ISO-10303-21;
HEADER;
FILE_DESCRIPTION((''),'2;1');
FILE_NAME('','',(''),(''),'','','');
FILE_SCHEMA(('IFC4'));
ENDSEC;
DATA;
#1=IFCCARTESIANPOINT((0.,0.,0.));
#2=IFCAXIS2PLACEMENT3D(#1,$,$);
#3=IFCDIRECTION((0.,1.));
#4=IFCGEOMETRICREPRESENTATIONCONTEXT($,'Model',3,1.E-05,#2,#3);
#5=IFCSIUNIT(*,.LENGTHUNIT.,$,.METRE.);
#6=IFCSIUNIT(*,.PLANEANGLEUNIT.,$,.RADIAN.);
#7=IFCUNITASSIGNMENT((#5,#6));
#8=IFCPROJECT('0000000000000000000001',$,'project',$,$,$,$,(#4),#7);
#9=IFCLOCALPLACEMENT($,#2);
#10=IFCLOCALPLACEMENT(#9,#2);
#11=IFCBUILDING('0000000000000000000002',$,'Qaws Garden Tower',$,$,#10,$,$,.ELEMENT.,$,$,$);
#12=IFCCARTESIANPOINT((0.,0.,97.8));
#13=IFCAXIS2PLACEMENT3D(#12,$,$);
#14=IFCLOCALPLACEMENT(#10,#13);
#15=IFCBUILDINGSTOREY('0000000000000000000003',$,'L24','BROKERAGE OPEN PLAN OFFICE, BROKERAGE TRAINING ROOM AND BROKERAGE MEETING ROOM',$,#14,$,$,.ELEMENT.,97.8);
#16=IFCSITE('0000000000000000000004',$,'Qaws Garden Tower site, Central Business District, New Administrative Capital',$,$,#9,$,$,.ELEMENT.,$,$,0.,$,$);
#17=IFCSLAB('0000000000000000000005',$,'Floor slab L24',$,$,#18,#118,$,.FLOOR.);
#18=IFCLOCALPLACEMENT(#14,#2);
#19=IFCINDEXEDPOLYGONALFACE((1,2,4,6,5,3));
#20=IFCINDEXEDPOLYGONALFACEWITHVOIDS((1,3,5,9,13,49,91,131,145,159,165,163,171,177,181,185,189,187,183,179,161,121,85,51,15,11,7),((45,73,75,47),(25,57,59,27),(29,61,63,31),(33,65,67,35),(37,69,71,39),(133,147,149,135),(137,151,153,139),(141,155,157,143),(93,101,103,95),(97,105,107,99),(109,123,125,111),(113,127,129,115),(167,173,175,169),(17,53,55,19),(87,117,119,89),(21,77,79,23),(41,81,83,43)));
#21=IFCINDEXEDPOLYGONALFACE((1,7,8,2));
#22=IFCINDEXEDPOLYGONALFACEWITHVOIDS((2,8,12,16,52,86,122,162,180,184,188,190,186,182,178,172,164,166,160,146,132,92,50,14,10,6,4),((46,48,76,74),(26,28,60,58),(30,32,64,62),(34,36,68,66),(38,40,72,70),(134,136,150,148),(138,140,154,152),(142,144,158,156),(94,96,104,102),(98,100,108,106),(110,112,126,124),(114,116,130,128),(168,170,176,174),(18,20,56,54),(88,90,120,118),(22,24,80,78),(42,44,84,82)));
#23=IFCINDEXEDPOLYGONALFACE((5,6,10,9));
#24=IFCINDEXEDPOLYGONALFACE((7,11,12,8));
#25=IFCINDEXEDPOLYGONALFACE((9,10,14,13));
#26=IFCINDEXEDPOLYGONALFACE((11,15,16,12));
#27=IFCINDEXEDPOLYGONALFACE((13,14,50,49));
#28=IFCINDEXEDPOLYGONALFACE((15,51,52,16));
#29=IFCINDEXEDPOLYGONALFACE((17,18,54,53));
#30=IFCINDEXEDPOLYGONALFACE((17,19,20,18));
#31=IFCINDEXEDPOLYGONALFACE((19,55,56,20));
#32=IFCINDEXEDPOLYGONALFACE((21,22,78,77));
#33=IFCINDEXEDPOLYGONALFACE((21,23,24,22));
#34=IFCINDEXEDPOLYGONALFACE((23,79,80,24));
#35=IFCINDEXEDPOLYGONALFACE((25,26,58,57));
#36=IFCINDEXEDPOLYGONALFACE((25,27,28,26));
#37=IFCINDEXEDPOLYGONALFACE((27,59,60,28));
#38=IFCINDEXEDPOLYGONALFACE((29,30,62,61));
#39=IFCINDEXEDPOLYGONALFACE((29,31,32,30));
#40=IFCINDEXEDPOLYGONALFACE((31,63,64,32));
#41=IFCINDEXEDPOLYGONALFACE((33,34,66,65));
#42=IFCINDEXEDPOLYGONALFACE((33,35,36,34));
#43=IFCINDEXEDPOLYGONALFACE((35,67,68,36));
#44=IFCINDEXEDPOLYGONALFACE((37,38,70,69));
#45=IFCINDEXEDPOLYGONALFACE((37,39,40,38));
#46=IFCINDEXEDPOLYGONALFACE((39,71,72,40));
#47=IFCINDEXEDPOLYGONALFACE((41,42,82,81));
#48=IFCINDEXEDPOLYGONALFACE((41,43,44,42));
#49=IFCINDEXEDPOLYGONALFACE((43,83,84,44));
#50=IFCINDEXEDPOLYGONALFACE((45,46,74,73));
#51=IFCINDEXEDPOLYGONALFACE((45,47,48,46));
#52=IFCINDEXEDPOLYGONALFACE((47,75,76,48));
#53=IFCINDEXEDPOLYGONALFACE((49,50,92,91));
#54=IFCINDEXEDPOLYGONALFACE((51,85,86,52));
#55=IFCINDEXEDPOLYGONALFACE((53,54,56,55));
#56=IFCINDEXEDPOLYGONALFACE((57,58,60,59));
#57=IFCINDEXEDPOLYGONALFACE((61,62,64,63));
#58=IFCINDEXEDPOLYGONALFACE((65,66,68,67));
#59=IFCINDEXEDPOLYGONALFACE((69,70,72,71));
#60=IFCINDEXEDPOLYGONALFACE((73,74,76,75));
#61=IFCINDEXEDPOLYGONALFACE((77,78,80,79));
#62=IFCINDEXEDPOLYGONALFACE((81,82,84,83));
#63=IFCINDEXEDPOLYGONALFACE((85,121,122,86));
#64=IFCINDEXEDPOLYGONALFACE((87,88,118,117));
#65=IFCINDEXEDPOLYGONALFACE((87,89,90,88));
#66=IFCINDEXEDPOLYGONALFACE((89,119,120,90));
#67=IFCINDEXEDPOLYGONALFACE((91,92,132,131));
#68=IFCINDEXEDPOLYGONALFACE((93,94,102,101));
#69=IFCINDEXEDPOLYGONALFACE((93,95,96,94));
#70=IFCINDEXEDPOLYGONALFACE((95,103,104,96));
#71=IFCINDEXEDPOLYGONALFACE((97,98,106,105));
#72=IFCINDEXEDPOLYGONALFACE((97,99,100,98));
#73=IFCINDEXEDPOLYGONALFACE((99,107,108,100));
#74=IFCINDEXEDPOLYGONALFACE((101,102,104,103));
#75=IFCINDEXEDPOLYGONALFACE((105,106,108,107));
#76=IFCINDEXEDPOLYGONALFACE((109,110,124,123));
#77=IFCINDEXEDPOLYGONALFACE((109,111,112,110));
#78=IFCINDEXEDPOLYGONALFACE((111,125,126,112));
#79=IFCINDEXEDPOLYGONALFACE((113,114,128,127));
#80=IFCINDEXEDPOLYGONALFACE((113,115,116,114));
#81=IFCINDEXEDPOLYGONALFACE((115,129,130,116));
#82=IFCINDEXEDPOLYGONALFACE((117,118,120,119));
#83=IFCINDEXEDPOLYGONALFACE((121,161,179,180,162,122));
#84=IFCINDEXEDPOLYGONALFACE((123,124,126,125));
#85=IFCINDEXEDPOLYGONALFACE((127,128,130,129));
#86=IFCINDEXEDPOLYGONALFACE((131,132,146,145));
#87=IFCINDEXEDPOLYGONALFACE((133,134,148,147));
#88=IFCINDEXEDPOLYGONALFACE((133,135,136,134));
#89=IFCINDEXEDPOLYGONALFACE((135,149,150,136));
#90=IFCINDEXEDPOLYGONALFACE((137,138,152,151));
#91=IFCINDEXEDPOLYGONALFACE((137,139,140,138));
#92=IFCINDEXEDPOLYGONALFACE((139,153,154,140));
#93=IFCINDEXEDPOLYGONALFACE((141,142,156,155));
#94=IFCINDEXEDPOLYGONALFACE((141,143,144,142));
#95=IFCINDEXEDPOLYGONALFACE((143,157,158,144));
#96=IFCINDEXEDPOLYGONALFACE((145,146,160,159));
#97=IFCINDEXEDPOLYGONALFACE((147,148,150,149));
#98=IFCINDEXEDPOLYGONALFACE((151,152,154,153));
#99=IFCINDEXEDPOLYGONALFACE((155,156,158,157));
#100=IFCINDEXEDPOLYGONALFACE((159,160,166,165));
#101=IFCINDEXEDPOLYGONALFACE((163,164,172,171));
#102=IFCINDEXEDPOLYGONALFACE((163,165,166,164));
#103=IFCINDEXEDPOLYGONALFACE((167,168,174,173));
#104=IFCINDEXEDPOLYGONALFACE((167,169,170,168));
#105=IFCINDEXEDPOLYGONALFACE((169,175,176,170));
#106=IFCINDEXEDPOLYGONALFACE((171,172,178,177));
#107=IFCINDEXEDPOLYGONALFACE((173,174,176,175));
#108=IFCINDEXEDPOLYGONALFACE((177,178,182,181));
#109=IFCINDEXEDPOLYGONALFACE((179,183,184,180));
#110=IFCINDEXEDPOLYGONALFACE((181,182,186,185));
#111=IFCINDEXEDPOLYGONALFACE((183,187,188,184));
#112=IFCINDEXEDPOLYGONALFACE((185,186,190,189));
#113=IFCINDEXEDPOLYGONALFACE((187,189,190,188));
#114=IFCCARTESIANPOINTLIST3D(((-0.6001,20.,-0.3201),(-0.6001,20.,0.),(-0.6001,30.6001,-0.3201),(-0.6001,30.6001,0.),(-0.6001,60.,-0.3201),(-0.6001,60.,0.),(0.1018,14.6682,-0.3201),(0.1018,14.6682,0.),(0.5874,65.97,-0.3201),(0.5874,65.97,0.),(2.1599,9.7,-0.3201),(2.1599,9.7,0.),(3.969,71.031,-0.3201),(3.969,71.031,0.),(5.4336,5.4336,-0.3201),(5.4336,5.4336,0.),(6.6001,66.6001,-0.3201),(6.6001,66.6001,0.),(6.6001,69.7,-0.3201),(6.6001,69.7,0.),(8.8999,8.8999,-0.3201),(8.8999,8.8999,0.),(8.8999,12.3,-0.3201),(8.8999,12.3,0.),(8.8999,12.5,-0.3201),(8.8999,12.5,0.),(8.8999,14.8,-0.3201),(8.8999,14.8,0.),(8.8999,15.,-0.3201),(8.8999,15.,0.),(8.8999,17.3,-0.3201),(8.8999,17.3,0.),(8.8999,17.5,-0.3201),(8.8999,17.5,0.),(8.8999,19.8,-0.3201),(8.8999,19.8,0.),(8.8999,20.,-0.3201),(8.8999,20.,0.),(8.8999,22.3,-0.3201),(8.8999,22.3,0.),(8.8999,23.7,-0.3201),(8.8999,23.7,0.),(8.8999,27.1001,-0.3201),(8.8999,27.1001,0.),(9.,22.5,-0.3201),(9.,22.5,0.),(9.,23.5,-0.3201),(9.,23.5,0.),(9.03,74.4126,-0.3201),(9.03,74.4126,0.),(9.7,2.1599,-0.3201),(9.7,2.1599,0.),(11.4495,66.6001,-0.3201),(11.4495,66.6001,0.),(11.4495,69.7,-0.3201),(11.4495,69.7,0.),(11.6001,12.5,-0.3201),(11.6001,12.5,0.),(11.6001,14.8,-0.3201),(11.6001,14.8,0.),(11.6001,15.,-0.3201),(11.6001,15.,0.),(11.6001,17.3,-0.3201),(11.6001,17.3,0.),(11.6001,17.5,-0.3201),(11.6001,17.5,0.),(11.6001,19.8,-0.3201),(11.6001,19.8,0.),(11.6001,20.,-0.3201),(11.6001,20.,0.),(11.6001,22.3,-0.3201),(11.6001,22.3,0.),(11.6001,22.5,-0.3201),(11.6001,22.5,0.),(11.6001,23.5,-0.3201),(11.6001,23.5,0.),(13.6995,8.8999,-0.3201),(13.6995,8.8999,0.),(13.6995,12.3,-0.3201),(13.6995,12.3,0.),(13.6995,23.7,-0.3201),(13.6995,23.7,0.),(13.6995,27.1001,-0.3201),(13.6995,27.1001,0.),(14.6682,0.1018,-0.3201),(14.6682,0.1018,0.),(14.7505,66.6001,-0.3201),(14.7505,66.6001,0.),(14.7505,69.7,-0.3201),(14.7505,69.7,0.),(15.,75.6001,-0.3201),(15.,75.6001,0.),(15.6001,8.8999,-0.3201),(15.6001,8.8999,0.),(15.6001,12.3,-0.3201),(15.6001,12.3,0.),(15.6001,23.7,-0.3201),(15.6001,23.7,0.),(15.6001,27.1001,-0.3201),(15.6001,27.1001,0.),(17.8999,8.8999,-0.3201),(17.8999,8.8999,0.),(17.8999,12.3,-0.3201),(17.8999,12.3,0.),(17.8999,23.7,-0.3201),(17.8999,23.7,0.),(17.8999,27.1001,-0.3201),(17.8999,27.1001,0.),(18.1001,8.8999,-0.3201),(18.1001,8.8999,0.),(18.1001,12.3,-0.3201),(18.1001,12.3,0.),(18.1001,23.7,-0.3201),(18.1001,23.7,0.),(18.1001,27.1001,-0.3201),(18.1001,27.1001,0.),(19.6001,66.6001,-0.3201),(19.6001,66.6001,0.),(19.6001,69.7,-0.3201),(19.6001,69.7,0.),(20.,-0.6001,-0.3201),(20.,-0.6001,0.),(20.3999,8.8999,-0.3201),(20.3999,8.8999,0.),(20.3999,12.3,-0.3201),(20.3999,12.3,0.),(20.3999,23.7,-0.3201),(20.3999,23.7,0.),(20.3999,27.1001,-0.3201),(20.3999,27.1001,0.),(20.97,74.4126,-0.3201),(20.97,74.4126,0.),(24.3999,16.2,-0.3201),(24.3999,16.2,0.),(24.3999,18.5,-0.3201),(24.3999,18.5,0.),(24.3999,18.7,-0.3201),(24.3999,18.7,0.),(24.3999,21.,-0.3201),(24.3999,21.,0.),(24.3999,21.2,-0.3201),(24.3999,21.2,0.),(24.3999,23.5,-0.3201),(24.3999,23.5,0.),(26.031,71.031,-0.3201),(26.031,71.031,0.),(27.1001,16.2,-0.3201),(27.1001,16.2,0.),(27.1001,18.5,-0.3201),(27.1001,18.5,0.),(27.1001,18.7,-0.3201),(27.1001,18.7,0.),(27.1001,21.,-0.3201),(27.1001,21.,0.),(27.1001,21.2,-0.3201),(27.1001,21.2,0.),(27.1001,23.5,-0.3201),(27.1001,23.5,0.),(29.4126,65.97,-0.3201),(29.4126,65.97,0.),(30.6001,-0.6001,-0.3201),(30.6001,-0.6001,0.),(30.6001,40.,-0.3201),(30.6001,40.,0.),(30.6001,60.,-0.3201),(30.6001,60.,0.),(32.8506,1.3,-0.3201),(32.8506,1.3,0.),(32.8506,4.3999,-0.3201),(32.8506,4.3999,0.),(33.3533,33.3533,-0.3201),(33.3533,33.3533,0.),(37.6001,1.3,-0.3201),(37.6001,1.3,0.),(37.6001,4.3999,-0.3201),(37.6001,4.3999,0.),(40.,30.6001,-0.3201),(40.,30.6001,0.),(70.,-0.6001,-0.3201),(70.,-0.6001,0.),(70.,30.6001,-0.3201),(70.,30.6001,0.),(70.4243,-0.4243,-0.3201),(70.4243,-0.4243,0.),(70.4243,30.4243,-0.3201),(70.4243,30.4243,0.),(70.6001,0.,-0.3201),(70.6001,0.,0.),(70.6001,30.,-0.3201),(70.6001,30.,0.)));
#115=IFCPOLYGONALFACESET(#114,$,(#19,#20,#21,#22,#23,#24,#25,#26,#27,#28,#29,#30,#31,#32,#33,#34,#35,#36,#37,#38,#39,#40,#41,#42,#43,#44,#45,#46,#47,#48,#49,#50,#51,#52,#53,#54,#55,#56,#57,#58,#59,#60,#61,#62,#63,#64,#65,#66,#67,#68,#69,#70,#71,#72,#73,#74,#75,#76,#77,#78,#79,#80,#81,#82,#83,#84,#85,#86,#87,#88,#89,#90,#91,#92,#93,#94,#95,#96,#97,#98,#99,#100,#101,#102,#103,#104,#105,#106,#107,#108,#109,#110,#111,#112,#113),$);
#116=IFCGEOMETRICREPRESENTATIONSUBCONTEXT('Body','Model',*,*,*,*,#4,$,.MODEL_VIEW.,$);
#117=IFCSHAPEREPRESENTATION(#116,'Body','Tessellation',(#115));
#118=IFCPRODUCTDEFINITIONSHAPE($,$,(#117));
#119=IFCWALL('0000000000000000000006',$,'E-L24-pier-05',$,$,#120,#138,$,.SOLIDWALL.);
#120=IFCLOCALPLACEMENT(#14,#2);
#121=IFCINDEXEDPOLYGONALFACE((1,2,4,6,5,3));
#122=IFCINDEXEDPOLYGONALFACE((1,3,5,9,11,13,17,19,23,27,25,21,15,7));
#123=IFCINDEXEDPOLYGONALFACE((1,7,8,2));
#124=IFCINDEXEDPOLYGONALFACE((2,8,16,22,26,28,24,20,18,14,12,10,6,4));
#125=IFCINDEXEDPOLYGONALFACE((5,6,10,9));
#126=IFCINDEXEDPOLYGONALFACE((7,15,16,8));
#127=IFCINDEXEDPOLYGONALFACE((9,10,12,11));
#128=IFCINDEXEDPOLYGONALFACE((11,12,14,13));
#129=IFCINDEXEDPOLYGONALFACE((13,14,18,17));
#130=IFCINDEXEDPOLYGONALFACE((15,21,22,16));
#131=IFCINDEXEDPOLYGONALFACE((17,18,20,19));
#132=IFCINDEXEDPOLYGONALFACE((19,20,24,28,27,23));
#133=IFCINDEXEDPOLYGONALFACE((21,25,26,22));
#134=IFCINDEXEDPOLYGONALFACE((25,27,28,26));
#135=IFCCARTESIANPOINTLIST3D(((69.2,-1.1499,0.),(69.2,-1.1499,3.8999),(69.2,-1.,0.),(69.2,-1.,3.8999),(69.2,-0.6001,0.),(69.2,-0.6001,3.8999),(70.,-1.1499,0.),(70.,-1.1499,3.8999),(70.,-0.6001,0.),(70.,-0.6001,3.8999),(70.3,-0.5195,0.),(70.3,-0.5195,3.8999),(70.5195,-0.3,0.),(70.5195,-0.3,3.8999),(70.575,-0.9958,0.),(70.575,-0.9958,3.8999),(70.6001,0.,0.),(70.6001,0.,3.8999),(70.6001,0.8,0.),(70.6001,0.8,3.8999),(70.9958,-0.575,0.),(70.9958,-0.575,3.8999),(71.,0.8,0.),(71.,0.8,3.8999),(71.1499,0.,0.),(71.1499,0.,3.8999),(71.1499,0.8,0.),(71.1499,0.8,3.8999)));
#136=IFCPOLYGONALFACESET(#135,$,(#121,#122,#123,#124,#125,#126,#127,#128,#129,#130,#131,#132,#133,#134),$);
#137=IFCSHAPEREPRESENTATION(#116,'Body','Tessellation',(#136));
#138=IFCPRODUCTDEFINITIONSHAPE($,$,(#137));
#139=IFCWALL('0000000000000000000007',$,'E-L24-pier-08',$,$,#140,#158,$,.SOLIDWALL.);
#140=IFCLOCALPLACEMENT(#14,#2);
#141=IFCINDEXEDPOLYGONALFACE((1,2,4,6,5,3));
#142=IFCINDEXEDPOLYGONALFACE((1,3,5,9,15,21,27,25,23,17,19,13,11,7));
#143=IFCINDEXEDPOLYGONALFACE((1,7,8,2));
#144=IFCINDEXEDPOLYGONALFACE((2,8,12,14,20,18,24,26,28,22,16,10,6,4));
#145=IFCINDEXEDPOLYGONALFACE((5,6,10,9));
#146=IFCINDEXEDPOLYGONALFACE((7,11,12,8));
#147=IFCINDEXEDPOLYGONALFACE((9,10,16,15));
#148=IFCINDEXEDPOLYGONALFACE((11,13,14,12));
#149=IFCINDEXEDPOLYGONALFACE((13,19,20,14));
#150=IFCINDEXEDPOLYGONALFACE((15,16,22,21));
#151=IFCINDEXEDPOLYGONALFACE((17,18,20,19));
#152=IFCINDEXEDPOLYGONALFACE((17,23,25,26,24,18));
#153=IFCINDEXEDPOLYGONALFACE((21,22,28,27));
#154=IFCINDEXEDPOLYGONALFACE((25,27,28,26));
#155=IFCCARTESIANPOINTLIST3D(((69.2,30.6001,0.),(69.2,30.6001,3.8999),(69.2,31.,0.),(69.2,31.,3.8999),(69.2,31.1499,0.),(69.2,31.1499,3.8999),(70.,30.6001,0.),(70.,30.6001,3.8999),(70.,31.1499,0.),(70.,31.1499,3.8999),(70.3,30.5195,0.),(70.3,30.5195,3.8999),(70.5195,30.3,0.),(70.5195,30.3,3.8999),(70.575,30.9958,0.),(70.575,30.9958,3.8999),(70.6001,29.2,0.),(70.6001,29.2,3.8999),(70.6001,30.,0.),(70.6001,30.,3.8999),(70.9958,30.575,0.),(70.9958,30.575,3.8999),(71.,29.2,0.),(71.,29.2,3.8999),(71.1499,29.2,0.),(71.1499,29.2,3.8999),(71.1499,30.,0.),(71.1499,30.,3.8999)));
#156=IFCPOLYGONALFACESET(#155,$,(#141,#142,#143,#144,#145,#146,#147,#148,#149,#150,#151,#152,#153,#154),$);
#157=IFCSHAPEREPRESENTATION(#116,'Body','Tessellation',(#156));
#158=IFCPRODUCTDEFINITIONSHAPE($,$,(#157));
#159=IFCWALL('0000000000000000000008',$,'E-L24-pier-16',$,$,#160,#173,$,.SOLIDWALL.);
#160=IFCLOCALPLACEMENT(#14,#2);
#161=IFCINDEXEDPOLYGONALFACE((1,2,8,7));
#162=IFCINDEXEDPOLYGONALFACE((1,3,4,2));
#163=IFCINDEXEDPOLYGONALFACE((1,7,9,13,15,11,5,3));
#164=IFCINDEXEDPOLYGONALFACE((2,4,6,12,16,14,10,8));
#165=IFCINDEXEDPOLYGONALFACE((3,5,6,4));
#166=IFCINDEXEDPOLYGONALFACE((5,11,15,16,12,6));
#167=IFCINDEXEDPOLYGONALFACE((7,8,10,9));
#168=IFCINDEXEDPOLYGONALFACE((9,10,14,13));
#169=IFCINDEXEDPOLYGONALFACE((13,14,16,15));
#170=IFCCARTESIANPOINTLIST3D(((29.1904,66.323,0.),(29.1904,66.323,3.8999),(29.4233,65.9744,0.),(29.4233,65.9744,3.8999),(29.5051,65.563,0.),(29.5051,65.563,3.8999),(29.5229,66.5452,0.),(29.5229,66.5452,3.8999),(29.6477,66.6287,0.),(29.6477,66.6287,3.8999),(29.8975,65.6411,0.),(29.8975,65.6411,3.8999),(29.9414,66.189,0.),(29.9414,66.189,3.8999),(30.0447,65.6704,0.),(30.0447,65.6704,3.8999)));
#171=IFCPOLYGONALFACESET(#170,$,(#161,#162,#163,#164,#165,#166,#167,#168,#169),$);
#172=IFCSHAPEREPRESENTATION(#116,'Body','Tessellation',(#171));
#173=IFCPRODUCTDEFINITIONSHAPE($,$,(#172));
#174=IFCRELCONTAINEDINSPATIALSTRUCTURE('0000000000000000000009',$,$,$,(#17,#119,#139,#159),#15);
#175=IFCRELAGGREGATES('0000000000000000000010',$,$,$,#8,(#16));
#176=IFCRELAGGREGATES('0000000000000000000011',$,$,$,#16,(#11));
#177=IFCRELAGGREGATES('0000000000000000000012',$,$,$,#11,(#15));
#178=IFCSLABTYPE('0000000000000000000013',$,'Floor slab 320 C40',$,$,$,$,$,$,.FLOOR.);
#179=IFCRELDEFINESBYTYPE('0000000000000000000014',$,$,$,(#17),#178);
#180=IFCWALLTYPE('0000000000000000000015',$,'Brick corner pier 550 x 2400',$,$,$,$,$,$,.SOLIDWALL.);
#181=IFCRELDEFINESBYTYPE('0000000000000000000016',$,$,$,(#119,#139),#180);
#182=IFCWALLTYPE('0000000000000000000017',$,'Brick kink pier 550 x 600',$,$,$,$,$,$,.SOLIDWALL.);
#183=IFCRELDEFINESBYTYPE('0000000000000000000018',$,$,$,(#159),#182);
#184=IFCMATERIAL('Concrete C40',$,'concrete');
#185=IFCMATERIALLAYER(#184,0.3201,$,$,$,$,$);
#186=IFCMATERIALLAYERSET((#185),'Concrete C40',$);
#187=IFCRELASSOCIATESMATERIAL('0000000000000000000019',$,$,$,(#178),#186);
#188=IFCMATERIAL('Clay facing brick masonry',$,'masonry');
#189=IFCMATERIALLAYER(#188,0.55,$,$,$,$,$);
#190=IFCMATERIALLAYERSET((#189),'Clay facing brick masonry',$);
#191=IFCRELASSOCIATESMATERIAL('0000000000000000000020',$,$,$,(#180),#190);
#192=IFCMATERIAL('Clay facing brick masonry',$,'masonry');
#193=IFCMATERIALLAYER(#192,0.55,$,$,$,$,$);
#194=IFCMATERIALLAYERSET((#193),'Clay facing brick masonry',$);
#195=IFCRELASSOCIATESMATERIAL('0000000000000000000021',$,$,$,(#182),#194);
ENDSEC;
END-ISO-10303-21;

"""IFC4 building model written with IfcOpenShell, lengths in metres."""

from ifc_helpers import new_model, si_unit, direction, frame, origin, place, context, subcontext, project, spatial, polyline, outline, extrude, material, layer, layer_set, type_object, element, save


model = new_model("IFC4")

# Units and contexts
model_context = context("Model", 3, precision=1e-05, world=origin(), true_north=direction((0.0, 1.0)))
body_context = subcontext(model_context, "Body", "Model", "MODEL_VIEW")
ifc_project = project(units=[si_unit("LENGTHUNIT", "METRE"), si_unit("PLANEANGLEUNIT", "RADIAN")], contexts=[model_context])

# Site, building, storey
site_placement = place(None, origin())
site = spatial("IfcSite", under=ifc_project, at=site_placement, Name="Qaws Garden Tower site, Central Business District, New Administrative Capital", CompositionType="ELEMENT", RefElevation=0.0)
building_placement = place(site_placement, origin())
building = spatial("IfcBuilding", under=site, at=building_placement, Name="Qaws Garden Tower", CompositionType="ELEMENT")
storey_placement = place(building_placement, frame((0.0, 0.0, 97.8)))
storey = spatial("IfcBuildingStorey", under=building, at=storey_placement, Name="L24", Description="BROKERAGE OPEN PLAN OFFICE, BROKERAGE TRAINING ROOM AND BROKERAGE MEETING ROOM", CompositionType="ELEMENT", Elevation=97.8)

# Slab
ifc_material_1 = material(Name="Concrete C40", Category="concrete")
ifc_layer_1 = layer(ifc_material_1, 0.3201)
ifc_layer_set_1 = layer_set([ifc_layer_1], Name="Concrete C40")
slab_type = type_object("IfcSlabType", Name="Floor slab 320 C40", PredefinedType="FLOOR", material=ifc_layer_set_1)
slab_placement = place(storey_placement, frame((0.0, 0.0, -0.3201)))
element("IfcSlab", 1, at=slab_placement, inside=storey, type_object=slab_type, Name="Floor slab L24", PredefinedType="FLOOR", context=body_context, shape_type="SweptSolid", body=[
    extrude(outline(polyline([(0.1018, 14.6682), (-0.6001, 20.0), (-0.6001, 30.6001), (-0.6001, 60.0), (-0.6001, 60.0), (0.5874, 65.97), (3.969, 71.031), (9.03, 74.4126), (15.0, 75.6001), (20.97, 74.4126), (26.031, 71.031), (29.4126, 65.97), (30.6001, 60.0), (30.6001, 40.0), (33.3533, 33.3533), (40.0, 30.6001), (70.0, 30.6001), (70.4243, 30.4243), (70.6001, 30.0), (70.6001, 0.0), (70.4243, -0.4243), (70.0, -0.6001), (30.6001, -0.6001), (20.0, -0.6001), (14.6682, 0.1018), (9.7, 2.1599), (5.4336, 5.4336), (2.1599, 9.7), (0.1018, 14.6682)]), holes=[polyline([(13.6995, 12.3), (8.8999, 12.3), (8.8999, 8.8999), (13.6995, 8.8999), (13.6995, 12.3)]), polyline([(17.8999, 12.3), (15.6001, 12.3), (15.6001, 8.8999), (17.8999, 8.8999), (17.8999, 12.3)]), polyline([(11.6001, 14.8), (8.8999, 14.8), (8.8999, 12.5), (11.6001, 12.5), (11.6001, 14.8)]), polyline([(11.6001, 17.3), (8.8999, 17.3), (8.8999, 15.0), (11.6001, 15.0), (11.6001, 17.3)]), polyline([(11.6001, 19.8), (8.8999, 19.8), (8.8999, 17.5), (11.6001, 17.5), (11.6001, 19.8)]), polyline([(11.6001, 22.3), (8.8999, 22.3), (8.8999, 20.0), (11.6001, 20.0), (11.6001, 22.3)]), polyline([(11.6001, 23.5), (9.0, 23.5), (9.0, 22.5), (11.6001, 22.5), (11.6001, 23.5)]), polyline([(13.6995, 27.1001), (8.8999, 27.1001), (8.8999, 23.7), (13.6995, 23.7), (13.6995, 27.1001)]), polyline([(11.4495, 69.7), (6.6001, 69.7), (6.6001, 66.6001), (11.4495, 66.6001), (11.4495, 69.7)]), polyline([(37.6001, 4.3999), (32.8506, 4.3999), (32.8506, 1.3), (37.6001, 1.3), (37.6001, 4.3999)]), polyline([(20.3999, 12.3), (18.1001, 12.3), (18.1001, 8.8999), (20.3999, 8.8999), (20.3999, 12.3)]), polyline([(27.1001, 18.5), (24.3999, 18.5), (24.3999, 16.2), (27.1001, 16.2), (27.1001, 18.5)]), polyline([(27.1001, 21.0), (24.3999, 21.0), (24.3999, 18.7), (27.1001, 18.7), (27.1001, 21.0)]), polyline([(27.1001, 23.5), (24.3999, 23.5), (24.3999, 21.2), (27.1001, 21.2), (27.1001, 23.5)]), polyline([(17.8999, 27.1001), (15.6001, 27.1001), (15.6001, 23.7), (17.8999, 23.7), (17.8999, 27.1001)]), polyline([(20.3999, 23.7), (20.3999, 27.1001), (18.1001, 27.1001), (18.1001, 23.7), (20.3999, 23.7)]), polyline([(19.6001, 66.6001), (19.6001, 69.7), (14.7505, 69.7), (14.7505, 66.6001), (19.6001, 66.6001)])]), origin(), (0.0, 0.0, 1.0), 0.3201),
])

# Walls
ifc_material_2 = material(Name="Clay facing brick masonry", Category="masonry")
ifc_layer_2 = layer(ifc_material_2, 0.55)
ifc_layer_set_2 = layer_set([ifc_layer_2], Name="Clay facing brick masonry")
wall_type_1 = type_object("IfcWallType", Name="Brick corner pier 550 x 2400", PredefinedType="SOLIDWALL", material=ifc_layer_set_2)
placement = place(storey_placement, origin())
element("IfcWall", 2, at=placement, inside=storey, type_object=wall_type_1, Name="E-L24-pier-05", PredefinedType="SOLIDWALL", context=body_context, shape_type="SweptSolid", body=[
    extrude(outline(polyline([(69.2, -1.0), (69.2, -1.1499), (70.0, -1.1499), (70.575, -0.9958), (70.9958, -0.575), (71.1499, 0.0), (71.1499, 0.8), (71.0, 0.8), (70.6001, 0.8), (70.6001, 0.0), (70.5195, -0.3), (70.3, -0.5195), (70.0, -0.6001), (69.2, -0.6001), (69.2, -1.0)])), origin(), (0.0, 0.0, 1.0), 3.8999),
])
element("IfcWall", 3, at=placement, inside=storey, type_object=wall_type_1, Name="E-L24-pier-08", PredefinedType="SOLIDWALL", context=body_context, shape_type="SweptSolid", body=[
    extrude(outline(polyline([(71.0, 29.2), (71.1499, 29.2), (71.1499, 30.0), (70.9958, 30.575), (70.575, 30.9958), (70.0, 31.1499), (69.2, 31.1499), (69.2, 31.0), (69.2, 30.6001), (70.0, 30.6001), (70.3, 30.5195), (70.5195, 30.3), (70.6001, 30.0), (70.6001, 29.2), (71.0, 29.2)])), origin(), (0.0, 0.0, 1.0), 3.8999),
])
ifc_material_3 = material(Name="Clay facing brick masonry", Category="masonry")
ifc_layer_3 = layer(ifc_material_3, 0.55)
ifc_layer_set_3 = layer_set([ifc_layer_3], Name="Clay facing brick masonry")
wall_type_2 = type_object("IfcWallType", Name="Brick kink pier 550 x 600", PredefinedType="SOLIDWALL", material=ifc_layer_set_3)
element("IfcWall", 4, at=placement, inside=storey, type_object=wall_type_2, Name="E-L24-pier-16", PredefinedType="SOLIDWALL", context=body_context, shape_type="SweptSolid", body=[
    extrude(outline(polyline([(29.8975, 65.6411), (30.0447, 65.6704), (29.9414, 66.189), (29.6477, 66.6287), (29.5229, 66.5452), (29.1904, 66.323), (29.4233, 65.9744), (29.5051, 65.563), (29.8975, 65.6411)])), origin(), (0.0, 0.0, 1.0), 3.8999),
])

save(model, "model.ifc")
